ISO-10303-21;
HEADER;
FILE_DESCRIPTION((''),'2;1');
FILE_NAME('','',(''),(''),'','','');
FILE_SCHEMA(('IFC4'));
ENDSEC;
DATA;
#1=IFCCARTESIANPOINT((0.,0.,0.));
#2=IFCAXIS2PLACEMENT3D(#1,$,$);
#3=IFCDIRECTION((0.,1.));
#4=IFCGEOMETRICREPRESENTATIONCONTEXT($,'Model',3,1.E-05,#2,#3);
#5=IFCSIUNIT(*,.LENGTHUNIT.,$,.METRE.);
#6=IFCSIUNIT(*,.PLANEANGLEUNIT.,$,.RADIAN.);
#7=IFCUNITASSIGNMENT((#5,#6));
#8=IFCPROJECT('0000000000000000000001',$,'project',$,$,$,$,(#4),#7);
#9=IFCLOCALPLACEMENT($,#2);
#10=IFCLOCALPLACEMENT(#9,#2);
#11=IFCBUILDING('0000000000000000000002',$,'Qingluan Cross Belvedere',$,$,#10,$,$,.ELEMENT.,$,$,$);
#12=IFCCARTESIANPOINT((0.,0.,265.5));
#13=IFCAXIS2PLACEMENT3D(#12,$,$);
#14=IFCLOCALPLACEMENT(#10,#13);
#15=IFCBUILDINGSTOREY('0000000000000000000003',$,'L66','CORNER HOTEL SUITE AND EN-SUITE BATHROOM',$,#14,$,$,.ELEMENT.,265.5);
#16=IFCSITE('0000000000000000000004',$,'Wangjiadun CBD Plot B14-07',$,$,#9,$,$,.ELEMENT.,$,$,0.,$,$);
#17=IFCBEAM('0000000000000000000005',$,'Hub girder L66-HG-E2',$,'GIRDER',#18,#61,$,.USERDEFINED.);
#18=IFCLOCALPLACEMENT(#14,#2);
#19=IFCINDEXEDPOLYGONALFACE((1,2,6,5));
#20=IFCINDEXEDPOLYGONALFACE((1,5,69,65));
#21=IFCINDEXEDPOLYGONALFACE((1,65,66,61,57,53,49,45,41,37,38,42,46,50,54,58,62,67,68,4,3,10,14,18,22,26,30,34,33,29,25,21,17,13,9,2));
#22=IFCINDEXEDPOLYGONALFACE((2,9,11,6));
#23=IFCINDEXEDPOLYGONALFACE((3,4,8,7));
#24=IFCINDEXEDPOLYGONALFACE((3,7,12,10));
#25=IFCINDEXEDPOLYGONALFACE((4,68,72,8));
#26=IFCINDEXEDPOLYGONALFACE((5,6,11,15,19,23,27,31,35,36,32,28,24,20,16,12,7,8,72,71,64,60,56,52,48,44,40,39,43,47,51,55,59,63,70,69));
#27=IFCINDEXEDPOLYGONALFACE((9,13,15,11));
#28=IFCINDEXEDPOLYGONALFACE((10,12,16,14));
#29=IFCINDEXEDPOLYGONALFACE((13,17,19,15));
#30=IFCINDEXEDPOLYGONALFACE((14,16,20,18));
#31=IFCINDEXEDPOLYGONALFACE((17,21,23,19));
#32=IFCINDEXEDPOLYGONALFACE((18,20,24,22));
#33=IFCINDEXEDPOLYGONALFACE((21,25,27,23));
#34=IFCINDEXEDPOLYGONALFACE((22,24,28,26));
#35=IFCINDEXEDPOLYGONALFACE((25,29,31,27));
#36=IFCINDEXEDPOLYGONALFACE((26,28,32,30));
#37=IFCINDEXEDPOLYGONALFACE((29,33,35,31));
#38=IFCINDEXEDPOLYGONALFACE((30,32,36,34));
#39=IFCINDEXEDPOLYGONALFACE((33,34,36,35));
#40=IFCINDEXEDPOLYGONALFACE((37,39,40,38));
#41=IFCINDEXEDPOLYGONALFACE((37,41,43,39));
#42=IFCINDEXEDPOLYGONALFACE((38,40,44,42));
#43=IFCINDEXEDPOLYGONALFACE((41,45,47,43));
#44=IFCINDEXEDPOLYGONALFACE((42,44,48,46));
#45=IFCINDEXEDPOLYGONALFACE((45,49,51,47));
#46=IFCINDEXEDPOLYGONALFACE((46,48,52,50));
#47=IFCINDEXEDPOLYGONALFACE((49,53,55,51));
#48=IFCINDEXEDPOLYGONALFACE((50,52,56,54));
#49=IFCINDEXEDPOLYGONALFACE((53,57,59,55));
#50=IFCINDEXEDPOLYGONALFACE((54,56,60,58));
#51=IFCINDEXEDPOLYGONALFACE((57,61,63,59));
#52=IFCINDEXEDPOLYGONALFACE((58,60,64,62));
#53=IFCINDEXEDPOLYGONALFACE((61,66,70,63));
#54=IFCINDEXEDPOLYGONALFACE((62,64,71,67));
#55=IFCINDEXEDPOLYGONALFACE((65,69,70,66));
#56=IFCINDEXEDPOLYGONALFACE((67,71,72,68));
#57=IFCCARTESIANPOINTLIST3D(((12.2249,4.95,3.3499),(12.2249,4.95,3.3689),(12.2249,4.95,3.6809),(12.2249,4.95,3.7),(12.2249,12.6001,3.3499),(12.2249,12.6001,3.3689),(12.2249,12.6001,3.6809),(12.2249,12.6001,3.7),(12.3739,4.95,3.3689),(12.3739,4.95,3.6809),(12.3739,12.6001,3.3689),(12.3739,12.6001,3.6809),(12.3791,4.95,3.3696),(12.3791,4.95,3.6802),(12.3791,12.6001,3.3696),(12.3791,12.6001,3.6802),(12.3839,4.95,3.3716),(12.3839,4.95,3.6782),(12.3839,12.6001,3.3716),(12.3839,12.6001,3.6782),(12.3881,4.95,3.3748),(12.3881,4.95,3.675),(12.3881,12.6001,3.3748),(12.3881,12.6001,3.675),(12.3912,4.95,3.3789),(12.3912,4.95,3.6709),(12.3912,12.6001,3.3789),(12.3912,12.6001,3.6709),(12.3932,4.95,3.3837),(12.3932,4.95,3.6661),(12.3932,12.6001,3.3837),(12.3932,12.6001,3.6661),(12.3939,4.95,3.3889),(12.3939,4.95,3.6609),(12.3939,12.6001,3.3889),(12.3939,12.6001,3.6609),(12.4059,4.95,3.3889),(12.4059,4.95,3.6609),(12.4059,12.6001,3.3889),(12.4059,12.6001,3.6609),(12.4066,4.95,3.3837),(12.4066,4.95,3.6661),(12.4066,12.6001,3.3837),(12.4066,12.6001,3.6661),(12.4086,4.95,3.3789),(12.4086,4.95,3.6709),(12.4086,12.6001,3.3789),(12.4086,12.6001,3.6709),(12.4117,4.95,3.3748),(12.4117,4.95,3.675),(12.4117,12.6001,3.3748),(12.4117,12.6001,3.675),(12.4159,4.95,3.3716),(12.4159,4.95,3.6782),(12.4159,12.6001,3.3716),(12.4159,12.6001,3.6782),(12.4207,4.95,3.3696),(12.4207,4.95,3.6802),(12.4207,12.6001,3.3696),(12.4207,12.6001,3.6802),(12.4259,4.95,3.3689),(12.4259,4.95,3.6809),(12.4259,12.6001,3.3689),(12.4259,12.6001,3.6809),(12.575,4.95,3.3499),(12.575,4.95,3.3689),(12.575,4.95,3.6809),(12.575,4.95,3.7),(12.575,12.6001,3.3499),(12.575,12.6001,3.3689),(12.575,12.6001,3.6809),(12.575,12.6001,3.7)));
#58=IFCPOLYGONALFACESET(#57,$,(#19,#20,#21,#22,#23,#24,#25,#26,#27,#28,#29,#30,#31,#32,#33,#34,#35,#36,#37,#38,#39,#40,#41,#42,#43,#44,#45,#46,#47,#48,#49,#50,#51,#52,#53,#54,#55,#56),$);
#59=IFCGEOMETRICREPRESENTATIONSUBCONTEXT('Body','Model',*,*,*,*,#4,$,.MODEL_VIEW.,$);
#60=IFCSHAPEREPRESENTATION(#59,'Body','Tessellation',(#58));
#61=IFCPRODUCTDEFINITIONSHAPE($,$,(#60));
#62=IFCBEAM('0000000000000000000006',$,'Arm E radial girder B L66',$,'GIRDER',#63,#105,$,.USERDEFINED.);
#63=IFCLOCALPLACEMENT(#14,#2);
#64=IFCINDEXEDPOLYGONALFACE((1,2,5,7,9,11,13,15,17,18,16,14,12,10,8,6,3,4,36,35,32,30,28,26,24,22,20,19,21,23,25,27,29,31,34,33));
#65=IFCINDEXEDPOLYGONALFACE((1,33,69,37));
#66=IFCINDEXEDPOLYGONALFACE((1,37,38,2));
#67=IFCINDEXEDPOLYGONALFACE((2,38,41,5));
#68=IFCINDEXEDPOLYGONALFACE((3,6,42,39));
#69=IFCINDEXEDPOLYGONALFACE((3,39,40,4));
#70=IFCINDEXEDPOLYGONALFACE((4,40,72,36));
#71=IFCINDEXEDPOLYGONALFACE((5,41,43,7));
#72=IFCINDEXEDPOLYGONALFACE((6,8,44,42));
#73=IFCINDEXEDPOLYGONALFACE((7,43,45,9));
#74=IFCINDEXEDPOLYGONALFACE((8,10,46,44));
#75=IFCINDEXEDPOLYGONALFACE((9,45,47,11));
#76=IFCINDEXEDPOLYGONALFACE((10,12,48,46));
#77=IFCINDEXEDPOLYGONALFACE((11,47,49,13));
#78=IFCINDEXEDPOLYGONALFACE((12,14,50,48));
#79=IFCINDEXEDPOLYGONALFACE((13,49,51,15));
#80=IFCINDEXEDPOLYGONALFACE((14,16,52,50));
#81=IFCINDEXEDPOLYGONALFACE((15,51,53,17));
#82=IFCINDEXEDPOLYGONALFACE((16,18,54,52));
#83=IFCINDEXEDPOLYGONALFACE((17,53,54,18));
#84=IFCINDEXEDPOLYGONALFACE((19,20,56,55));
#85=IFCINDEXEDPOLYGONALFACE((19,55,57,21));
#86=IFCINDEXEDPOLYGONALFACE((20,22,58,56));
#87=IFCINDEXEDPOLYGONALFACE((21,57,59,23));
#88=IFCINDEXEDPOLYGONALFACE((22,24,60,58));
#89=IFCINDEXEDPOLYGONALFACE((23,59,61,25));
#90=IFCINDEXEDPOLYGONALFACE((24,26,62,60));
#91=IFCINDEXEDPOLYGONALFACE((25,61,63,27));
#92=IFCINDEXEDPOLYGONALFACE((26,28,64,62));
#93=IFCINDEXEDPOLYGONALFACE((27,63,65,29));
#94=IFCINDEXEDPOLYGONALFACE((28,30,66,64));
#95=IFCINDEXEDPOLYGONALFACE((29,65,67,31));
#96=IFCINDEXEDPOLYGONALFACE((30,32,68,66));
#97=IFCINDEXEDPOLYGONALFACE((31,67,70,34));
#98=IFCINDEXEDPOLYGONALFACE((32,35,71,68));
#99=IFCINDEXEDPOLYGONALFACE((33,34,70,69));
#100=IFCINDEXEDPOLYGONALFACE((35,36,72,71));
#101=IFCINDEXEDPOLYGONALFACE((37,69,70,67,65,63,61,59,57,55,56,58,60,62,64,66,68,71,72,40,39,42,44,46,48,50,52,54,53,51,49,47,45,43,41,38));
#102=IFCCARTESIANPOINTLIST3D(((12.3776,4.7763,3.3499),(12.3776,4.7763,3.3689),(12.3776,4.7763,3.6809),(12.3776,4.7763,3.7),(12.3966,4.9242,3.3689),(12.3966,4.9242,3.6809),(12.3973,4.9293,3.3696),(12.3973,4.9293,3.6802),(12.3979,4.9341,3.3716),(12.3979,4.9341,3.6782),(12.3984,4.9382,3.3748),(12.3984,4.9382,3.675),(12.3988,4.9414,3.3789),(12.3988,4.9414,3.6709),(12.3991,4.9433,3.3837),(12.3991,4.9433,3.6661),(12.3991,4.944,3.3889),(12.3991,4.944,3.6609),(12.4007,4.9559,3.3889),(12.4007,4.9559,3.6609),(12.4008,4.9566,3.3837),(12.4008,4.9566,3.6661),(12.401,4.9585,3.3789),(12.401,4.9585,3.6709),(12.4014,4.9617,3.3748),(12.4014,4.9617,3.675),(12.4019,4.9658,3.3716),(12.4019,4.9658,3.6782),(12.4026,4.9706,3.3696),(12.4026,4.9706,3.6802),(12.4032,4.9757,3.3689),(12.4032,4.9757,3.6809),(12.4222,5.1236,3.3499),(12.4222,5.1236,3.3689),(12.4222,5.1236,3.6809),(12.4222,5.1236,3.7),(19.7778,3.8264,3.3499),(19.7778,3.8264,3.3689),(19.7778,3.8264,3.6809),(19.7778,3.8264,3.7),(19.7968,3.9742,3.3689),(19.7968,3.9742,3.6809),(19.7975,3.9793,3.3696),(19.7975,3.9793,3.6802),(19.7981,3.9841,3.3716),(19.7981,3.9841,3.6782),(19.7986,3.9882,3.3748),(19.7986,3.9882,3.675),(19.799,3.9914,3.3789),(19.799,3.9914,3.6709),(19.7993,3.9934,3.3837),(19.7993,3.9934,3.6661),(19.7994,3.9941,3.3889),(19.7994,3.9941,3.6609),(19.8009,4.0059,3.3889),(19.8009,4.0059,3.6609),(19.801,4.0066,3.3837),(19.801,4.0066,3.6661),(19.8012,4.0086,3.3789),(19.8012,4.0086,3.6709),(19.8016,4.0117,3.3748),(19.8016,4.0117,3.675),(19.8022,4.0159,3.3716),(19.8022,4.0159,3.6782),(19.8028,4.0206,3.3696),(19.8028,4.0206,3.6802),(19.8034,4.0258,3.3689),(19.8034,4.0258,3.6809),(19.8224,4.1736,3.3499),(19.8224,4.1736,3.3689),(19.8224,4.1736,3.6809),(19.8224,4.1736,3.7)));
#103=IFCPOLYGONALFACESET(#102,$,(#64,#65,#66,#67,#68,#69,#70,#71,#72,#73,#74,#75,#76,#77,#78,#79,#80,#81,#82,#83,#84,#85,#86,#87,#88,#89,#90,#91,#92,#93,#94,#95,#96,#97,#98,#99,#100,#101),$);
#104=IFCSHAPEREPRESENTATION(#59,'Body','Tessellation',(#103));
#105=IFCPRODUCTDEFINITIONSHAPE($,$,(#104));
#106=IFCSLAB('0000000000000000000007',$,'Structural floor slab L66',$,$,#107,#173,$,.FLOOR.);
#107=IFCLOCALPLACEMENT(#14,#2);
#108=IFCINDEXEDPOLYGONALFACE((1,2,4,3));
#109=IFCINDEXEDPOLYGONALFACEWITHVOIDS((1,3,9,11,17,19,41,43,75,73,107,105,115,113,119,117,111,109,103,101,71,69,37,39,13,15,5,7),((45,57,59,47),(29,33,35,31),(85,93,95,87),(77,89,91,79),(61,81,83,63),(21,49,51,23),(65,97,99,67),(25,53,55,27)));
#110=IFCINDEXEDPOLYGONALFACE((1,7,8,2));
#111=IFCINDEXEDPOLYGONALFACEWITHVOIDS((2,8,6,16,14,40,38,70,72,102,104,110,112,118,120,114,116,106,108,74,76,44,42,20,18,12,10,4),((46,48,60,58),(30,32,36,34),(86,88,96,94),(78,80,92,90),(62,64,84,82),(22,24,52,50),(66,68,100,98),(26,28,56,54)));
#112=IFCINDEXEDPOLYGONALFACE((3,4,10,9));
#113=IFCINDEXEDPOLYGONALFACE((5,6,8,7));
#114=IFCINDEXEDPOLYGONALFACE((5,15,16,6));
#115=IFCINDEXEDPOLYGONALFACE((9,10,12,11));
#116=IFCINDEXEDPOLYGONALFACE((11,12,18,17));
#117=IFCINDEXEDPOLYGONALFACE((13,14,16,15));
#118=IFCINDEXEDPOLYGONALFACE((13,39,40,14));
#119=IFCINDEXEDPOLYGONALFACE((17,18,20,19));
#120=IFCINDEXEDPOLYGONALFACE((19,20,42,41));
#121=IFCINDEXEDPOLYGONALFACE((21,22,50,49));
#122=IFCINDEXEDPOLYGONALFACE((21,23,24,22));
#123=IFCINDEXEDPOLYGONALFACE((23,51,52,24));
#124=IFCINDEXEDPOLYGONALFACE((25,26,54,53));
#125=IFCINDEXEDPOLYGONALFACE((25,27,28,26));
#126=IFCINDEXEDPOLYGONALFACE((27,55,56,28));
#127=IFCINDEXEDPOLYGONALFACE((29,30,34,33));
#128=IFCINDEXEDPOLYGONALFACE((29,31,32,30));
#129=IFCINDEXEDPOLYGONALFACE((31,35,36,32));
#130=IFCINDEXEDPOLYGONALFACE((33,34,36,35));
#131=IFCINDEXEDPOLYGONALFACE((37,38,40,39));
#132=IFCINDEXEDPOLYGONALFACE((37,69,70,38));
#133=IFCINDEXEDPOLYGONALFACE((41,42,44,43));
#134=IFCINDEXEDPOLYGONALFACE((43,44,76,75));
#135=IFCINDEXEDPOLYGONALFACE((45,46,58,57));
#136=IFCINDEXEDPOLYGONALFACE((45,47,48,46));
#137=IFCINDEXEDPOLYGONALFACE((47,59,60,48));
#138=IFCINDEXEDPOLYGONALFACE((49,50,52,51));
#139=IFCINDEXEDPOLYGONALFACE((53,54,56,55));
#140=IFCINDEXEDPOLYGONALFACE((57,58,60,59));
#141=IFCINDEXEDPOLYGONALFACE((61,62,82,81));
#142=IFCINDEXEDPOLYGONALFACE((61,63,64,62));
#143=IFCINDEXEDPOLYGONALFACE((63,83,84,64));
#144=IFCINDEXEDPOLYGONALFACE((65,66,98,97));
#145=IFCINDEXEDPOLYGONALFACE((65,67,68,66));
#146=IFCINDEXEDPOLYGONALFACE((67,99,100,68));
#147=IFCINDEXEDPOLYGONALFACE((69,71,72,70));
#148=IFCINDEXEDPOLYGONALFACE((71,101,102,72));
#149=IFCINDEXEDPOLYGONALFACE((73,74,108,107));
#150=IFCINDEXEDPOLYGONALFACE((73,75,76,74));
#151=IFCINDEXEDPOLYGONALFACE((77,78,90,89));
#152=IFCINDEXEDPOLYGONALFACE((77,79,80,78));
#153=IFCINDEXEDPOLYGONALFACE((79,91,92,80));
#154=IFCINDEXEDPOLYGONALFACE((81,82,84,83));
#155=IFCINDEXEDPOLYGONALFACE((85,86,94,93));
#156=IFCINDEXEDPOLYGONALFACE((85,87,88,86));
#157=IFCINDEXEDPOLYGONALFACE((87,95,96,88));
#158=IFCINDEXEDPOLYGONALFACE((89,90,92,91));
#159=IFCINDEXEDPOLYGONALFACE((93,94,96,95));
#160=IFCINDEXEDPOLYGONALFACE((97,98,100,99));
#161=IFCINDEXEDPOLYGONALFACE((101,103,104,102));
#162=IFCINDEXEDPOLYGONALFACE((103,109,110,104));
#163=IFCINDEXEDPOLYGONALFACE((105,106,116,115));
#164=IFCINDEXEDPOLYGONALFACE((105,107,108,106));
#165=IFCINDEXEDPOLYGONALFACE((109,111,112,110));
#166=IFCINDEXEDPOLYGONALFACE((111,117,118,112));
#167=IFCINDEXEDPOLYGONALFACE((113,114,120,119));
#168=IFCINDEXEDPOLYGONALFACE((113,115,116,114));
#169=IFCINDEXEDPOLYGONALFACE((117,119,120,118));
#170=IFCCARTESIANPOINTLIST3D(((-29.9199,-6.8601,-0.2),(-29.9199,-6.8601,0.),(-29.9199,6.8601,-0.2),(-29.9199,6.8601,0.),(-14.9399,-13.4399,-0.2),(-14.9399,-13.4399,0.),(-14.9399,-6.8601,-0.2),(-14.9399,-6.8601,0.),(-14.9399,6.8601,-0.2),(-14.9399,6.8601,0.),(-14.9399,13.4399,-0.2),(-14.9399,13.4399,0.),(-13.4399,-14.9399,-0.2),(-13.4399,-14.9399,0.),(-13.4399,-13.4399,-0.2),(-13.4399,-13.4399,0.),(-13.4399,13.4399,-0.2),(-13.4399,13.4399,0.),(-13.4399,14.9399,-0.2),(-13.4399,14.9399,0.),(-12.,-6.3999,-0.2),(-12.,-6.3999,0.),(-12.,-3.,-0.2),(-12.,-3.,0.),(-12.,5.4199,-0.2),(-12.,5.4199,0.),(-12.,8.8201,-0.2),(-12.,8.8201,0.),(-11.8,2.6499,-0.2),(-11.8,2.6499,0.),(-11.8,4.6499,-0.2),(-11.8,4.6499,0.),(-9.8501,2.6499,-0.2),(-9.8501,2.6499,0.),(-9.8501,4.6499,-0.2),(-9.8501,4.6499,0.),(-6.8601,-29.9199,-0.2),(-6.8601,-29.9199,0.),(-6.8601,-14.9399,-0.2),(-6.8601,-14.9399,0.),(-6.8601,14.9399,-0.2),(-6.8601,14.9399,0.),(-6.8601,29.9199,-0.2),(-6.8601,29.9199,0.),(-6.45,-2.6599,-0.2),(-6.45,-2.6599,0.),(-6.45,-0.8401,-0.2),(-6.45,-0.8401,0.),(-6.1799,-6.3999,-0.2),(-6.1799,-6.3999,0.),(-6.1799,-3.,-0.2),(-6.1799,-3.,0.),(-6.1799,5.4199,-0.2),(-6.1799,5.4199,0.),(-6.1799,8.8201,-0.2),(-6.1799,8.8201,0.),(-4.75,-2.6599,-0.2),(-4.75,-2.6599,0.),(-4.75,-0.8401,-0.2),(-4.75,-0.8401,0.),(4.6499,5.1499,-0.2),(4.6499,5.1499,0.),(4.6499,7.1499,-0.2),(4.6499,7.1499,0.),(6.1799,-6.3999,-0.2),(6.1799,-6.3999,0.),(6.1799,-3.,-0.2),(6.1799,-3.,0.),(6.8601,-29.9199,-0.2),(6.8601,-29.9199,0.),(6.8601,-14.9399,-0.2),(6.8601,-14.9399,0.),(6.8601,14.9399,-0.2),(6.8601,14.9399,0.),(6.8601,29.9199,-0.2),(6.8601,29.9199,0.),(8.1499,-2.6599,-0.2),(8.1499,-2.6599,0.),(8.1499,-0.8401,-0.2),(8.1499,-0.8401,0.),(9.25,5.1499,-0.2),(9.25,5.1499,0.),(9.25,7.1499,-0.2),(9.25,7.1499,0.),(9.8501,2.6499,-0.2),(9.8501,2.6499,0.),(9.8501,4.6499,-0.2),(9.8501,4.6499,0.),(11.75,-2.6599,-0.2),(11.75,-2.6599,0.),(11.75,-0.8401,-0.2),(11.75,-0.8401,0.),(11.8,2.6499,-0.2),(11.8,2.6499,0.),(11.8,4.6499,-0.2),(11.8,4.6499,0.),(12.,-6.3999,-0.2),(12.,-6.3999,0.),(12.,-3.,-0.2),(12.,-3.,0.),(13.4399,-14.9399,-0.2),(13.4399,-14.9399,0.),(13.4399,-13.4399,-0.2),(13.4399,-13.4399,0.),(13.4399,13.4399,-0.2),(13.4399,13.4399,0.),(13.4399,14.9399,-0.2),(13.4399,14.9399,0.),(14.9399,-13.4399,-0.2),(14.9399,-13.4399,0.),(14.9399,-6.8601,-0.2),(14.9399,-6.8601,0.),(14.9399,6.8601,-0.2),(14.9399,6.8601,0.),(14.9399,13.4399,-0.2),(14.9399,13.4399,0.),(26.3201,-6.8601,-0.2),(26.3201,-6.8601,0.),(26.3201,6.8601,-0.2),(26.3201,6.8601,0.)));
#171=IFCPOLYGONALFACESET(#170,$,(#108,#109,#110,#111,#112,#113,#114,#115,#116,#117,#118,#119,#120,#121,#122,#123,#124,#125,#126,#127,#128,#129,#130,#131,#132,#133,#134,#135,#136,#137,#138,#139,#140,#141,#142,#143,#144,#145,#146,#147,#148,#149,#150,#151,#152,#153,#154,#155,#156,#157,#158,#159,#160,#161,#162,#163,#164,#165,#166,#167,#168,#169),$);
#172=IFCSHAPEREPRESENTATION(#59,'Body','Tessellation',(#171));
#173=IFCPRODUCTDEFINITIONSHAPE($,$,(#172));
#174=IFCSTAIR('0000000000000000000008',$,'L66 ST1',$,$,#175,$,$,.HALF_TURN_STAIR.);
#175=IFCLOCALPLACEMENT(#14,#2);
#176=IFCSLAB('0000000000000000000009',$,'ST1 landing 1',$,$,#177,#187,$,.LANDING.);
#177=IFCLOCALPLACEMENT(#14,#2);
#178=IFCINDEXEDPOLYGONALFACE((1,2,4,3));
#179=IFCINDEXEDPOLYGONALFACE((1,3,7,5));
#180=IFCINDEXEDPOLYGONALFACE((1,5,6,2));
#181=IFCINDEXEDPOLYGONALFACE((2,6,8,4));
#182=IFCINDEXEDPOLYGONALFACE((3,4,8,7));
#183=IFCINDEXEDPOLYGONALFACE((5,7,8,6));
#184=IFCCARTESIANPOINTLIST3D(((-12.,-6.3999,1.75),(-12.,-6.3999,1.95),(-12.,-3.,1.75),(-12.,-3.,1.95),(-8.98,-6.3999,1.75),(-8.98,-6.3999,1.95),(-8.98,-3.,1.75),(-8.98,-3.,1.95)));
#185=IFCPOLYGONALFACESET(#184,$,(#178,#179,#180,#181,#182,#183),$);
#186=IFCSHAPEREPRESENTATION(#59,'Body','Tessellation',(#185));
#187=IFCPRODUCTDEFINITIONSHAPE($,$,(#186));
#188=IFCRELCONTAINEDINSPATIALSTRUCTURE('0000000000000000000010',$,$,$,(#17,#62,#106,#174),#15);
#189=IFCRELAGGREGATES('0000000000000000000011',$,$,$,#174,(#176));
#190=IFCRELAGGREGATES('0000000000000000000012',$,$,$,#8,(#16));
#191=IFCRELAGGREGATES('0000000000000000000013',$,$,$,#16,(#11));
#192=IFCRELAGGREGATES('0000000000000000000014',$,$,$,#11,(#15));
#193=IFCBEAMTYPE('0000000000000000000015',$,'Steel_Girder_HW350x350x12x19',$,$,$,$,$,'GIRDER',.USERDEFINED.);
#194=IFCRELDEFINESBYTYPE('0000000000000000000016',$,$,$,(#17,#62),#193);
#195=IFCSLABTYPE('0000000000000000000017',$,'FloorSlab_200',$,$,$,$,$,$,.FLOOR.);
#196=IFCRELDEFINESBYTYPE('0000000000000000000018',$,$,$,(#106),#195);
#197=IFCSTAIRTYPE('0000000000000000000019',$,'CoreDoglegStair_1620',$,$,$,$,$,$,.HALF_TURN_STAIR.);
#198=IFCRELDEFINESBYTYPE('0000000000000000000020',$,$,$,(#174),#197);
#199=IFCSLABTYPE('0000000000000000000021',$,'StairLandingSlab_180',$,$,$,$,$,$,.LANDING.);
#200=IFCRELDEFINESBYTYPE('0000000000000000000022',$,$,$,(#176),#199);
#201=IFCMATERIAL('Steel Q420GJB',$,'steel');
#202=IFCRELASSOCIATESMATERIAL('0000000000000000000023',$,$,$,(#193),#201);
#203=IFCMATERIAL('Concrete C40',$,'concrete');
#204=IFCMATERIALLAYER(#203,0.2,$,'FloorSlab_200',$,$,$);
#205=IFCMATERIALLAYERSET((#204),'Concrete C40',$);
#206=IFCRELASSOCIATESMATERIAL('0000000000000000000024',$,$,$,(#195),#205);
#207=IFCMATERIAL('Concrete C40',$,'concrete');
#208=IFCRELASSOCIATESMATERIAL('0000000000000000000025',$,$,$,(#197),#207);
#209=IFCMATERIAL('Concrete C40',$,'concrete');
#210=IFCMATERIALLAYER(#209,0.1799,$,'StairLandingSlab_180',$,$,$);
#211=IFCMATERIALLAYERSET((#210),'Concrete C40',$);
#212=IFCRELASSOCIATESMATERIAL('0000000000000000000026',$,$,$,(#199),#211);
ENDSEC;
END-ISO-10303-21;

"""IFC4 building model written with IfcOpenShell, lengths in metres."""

from ifc_helpers import new_model, si_unit, direction, frame, origin, origin_2d, place, context, subcontext, project, spatial, polyline, i_section, outline, extrude, material, layer, layer_set, material_profile, profile_set, type_object, element, aggregate, save


model = new_model("IFC4")

# Units and contexts
model_context = context("Model", 3, precision=1e-05, world=origin(), true_north=direction((0.0, 1.0)))
body_context = subcontext(model_context, "Body", "Model", "MODEL_VIEW")
ifc_project = project(units=[si_unit("LENGTHUNIT", "METRE"), si_unit("PLANEANGLEUNIT", "RADIAN")], contexts=[model_context])

# Site, building, storey
site_placement = place(None, origin())
site = spatial("IfcSite", under=ifc_project, at=site_placement, Name="Wangjiadun CBD Plot B14-07", CompositionType="ELEMENT", RefElevation=0.0)
building_placement = place(site_placement, origin())
building = spatial("IfcBuilding", under=site, at=building_placement, Name="Qingluan Cross Belvedere", CompositionType="ELEMENT")
storey_placement = place(building_placement, frame((0.0, 0.0, 265.5)))
storey = spatial("IfcBuildingStorey", under=building, at=storey_placement, Name="L66", Description="CORNER HOTEL SUITE AND EN-SUITE BATHROOM", CompositionType="ELEMENT", Elevation=265.5)

# Beams
ifc_material_1 = material(Name="Steel Q420GJB", Category="steel")
ifc_material_profile = material_profile(ifc_material_1, i_section(OverallWidth=0.3501, OverallDepth=0.3501, WebThickness=0.012, FlangeThickness=0.019, FilletRadius=0.02, at=origin_2d()), Name="HW350x350x12x19")
ifc_profile_set = profile_set([ifc_material_profile], Name="Steel Q420GJB")
beam_type = type_object("IfcBeamType", Name="Steel_Girder_HW350x350x12x19", ElementType="GIRDER", PredefinedType="USERDEFINED", material=ifc_profile_set)
beam_1_placement = place(storey_placement, frame((12.3999, 4.95, 3.5249), z_axis=(0.0, 1.0, 0.0), x_axis=(-1.0, 0.0, 0.0)))
element("IfcBeam", 1, at=beam_1_placement, inside=storey, type_object=beam_type, Name="Hub girder L66-HG-E2", ObjectType="GIRDER", PredefinedType="USERDEFINED", context=body_context, shape_type="SweptSolid", body=[
    extrude(i_section(OverallWidth=0.3501, OverallDepth=0.3501, WebThickness=0.012, FlangeThickness=0.019, FilletRadius=0.02, at=origin_2d()), origin(), (0.0, 0.0, 1.0), 7.6501),
])
beam_2_placement = place(storey_placement, frame((12.3999, 4.95, 3.5249), z_axis=(0.991861, -0.127324, 0.0), x_axis=(0.127324, 0.991861, 0.0)))
element("IfcBeam", 2, at=beam_2_placement, inside=storey, type_object=beam_type, Name="Arm E radial girder B L66", ObjectType="GIRDER", PredefinedType="USERDEFINED", context=body_context, shape_type="SweptSolid", body=[
    extrude(i_section(OverallWidth=0.3501, OverallDepth=0.3501, WebThickness=0.012, FlangeThickness=0.019, FilletRadius=0.02, at=origin_2d()), origin(), (0.0, 0.0, 1.0), 7.4609),
])

# Slab
ifc_material_2 = material(Name="Concrete C40", Category="concrete")
ifc_layer_1 = layer(ifc_material_2, 0.2, Name="FloorSlab_200")
ifc_layer_set_1 = layer_set([ifc_layer_1], Name="Concrete C40")
slab_type_1 = type_object("IfcSlabType", Name="FloorSlab_200", PredefinedType="FLOOR", material=ifc_layer_set_1)
slab_1_placement = place(storey_placement, frame((0.0, 0.0, -0.2)))
element("IfcSlab", 3, at=slab_1_placement, inside=storey, type_object=slab_type_1, Name="Structural floor slab L66", PredefinedType="FLOOR", context=body_context, shape_type="SweptSolid", body=[
    extrude(outline(polyline([(6.8601, -29.9199), (6.8601, -14.9399), (13.4399, -14.9399), (13.4399, -13.4399), (14.9399, -13.4399), (14.9399, -6.8601), (26.3201, -6.8601), (26.3201, 6.8601), (14.9399, 6.8601), (14.9399, 13.4399), (13.4399, 13.4399), (13.4399, 14.9399), (6.8601, 14.9399), (6.8601, 29.9199), (-6.8601, 29.9199), (-6.8601, 14.9399), (-13.4399, 14.9399), (-13.4399, 13.4399), (-14.9399, 13.4399), (-14.9399, 6.8601), (-29.9199, 6.8601), (-29.9199, -6.8601), (-14.9399, -6.8601), (-14.9399, -13.4399), (-13.4399, -13.4399), (-13.4399, -14.9399), (-6.8601, -14.9399), (-6.8601, -29.9199), (6.8601, -29.9199)]), holes=[polyline([(-12.0, -3.0), (-6.1799, -3.0), (-6.1799, -6.3999), (-12.0, -6.3999), (-12.0, -3.0)]), polyline([(6.1799, -3.0), (12.0, -3.0), (12.0, -6.3999), (6.1799, -6.3999), (6.1799, -3.0)]), polyline([(-12.0, 8.8201), (-6.1799, 8.8201), (-6.1799, 5.4199), (-12.0, 5.4199), (-12.0, 8.8201)]), polyline([(-11.8, 4.6499), (-9.8501, 4.6499), (-9.8501, 2.6499), (-11.8, 2.6499), (-11.8, 4.6499)]), polyline([(9.8501, 4.6499), (11.8, 4.6499), (11.8, 2.6499), (9.8501, 2.6499), (9.8501, 4.6499)]), polyline([(-6.45, -0.8401), (-4.75, -0.8401), (-4.75, -2.6599), (-6.45, -2.6599), (-6.45, -0.8401)]), polyline([(8.1499, -0.8401), (11.75, -0.8401), (11.75, -2.6599), (8.1499, -2.6599), (8.1499, -0.8401)]), polyline([(4.6499, 7.1499), (9.25, 7.1499), (9.25, 5.1499), (4.6499, 5.1499), (4.6499, 7.1499)])]), origin(), (0.0, 0.0, 1.0), 0.2),
])

# Stair, slab
ifc_material_3 = material(Name="Concrete C40", Category="concrete")
stair_type = type_object("IfcStairType", Name="CoreDoglegStair_1620", PredefinedType="HALF_TURN_STAIR", material=ifc_material_3)
stair_1_placement = place(storey_placement, origin())
stair_1 = element("IfcStair", 4, at=stair_1_placement, inside=storey, type_object=stair_type, Name="L66 ST1", PredefinedType="HALF_TURN_STAIR")
ifc_material_4 = material(Name="Concrete C40", Category="concrete")
ifc_layer_2 = layer(ifc_material_4, 0.1799, Name="StairLandingSlab_180")
ifc_layer_set_2 = layer_set([ifc_layer_2], Name="Concrete C40")
slab_type_2 = type_object("IfcSlabType", Name="StairLandingSlab_180", PredefinedType="LANDING", material=ifc_layer_set_2)
slab_2_placement = place(storey_placement, frame((0.0, 0.0, 1.75)))
slab_2 = element("IfcSlab", 5, at=slab_2_placement, type_object=slab_type_2, Name="ST1 landing 1", PredefinedType="LANDING", context=body_context, shape_type="SweptSolid", body=[
    extrude(outline(polyline([(-8.98, -3.0), (-12.0, -3.0), (-12.0, -6.3999), (-8.98, -6.3999), (-8.98, -3.0)])), origin(), (0.0, 0.0, 1.0), 0.2),
])
aggregate(stair_1, [slab_2])

save(model, "model.ifc")
